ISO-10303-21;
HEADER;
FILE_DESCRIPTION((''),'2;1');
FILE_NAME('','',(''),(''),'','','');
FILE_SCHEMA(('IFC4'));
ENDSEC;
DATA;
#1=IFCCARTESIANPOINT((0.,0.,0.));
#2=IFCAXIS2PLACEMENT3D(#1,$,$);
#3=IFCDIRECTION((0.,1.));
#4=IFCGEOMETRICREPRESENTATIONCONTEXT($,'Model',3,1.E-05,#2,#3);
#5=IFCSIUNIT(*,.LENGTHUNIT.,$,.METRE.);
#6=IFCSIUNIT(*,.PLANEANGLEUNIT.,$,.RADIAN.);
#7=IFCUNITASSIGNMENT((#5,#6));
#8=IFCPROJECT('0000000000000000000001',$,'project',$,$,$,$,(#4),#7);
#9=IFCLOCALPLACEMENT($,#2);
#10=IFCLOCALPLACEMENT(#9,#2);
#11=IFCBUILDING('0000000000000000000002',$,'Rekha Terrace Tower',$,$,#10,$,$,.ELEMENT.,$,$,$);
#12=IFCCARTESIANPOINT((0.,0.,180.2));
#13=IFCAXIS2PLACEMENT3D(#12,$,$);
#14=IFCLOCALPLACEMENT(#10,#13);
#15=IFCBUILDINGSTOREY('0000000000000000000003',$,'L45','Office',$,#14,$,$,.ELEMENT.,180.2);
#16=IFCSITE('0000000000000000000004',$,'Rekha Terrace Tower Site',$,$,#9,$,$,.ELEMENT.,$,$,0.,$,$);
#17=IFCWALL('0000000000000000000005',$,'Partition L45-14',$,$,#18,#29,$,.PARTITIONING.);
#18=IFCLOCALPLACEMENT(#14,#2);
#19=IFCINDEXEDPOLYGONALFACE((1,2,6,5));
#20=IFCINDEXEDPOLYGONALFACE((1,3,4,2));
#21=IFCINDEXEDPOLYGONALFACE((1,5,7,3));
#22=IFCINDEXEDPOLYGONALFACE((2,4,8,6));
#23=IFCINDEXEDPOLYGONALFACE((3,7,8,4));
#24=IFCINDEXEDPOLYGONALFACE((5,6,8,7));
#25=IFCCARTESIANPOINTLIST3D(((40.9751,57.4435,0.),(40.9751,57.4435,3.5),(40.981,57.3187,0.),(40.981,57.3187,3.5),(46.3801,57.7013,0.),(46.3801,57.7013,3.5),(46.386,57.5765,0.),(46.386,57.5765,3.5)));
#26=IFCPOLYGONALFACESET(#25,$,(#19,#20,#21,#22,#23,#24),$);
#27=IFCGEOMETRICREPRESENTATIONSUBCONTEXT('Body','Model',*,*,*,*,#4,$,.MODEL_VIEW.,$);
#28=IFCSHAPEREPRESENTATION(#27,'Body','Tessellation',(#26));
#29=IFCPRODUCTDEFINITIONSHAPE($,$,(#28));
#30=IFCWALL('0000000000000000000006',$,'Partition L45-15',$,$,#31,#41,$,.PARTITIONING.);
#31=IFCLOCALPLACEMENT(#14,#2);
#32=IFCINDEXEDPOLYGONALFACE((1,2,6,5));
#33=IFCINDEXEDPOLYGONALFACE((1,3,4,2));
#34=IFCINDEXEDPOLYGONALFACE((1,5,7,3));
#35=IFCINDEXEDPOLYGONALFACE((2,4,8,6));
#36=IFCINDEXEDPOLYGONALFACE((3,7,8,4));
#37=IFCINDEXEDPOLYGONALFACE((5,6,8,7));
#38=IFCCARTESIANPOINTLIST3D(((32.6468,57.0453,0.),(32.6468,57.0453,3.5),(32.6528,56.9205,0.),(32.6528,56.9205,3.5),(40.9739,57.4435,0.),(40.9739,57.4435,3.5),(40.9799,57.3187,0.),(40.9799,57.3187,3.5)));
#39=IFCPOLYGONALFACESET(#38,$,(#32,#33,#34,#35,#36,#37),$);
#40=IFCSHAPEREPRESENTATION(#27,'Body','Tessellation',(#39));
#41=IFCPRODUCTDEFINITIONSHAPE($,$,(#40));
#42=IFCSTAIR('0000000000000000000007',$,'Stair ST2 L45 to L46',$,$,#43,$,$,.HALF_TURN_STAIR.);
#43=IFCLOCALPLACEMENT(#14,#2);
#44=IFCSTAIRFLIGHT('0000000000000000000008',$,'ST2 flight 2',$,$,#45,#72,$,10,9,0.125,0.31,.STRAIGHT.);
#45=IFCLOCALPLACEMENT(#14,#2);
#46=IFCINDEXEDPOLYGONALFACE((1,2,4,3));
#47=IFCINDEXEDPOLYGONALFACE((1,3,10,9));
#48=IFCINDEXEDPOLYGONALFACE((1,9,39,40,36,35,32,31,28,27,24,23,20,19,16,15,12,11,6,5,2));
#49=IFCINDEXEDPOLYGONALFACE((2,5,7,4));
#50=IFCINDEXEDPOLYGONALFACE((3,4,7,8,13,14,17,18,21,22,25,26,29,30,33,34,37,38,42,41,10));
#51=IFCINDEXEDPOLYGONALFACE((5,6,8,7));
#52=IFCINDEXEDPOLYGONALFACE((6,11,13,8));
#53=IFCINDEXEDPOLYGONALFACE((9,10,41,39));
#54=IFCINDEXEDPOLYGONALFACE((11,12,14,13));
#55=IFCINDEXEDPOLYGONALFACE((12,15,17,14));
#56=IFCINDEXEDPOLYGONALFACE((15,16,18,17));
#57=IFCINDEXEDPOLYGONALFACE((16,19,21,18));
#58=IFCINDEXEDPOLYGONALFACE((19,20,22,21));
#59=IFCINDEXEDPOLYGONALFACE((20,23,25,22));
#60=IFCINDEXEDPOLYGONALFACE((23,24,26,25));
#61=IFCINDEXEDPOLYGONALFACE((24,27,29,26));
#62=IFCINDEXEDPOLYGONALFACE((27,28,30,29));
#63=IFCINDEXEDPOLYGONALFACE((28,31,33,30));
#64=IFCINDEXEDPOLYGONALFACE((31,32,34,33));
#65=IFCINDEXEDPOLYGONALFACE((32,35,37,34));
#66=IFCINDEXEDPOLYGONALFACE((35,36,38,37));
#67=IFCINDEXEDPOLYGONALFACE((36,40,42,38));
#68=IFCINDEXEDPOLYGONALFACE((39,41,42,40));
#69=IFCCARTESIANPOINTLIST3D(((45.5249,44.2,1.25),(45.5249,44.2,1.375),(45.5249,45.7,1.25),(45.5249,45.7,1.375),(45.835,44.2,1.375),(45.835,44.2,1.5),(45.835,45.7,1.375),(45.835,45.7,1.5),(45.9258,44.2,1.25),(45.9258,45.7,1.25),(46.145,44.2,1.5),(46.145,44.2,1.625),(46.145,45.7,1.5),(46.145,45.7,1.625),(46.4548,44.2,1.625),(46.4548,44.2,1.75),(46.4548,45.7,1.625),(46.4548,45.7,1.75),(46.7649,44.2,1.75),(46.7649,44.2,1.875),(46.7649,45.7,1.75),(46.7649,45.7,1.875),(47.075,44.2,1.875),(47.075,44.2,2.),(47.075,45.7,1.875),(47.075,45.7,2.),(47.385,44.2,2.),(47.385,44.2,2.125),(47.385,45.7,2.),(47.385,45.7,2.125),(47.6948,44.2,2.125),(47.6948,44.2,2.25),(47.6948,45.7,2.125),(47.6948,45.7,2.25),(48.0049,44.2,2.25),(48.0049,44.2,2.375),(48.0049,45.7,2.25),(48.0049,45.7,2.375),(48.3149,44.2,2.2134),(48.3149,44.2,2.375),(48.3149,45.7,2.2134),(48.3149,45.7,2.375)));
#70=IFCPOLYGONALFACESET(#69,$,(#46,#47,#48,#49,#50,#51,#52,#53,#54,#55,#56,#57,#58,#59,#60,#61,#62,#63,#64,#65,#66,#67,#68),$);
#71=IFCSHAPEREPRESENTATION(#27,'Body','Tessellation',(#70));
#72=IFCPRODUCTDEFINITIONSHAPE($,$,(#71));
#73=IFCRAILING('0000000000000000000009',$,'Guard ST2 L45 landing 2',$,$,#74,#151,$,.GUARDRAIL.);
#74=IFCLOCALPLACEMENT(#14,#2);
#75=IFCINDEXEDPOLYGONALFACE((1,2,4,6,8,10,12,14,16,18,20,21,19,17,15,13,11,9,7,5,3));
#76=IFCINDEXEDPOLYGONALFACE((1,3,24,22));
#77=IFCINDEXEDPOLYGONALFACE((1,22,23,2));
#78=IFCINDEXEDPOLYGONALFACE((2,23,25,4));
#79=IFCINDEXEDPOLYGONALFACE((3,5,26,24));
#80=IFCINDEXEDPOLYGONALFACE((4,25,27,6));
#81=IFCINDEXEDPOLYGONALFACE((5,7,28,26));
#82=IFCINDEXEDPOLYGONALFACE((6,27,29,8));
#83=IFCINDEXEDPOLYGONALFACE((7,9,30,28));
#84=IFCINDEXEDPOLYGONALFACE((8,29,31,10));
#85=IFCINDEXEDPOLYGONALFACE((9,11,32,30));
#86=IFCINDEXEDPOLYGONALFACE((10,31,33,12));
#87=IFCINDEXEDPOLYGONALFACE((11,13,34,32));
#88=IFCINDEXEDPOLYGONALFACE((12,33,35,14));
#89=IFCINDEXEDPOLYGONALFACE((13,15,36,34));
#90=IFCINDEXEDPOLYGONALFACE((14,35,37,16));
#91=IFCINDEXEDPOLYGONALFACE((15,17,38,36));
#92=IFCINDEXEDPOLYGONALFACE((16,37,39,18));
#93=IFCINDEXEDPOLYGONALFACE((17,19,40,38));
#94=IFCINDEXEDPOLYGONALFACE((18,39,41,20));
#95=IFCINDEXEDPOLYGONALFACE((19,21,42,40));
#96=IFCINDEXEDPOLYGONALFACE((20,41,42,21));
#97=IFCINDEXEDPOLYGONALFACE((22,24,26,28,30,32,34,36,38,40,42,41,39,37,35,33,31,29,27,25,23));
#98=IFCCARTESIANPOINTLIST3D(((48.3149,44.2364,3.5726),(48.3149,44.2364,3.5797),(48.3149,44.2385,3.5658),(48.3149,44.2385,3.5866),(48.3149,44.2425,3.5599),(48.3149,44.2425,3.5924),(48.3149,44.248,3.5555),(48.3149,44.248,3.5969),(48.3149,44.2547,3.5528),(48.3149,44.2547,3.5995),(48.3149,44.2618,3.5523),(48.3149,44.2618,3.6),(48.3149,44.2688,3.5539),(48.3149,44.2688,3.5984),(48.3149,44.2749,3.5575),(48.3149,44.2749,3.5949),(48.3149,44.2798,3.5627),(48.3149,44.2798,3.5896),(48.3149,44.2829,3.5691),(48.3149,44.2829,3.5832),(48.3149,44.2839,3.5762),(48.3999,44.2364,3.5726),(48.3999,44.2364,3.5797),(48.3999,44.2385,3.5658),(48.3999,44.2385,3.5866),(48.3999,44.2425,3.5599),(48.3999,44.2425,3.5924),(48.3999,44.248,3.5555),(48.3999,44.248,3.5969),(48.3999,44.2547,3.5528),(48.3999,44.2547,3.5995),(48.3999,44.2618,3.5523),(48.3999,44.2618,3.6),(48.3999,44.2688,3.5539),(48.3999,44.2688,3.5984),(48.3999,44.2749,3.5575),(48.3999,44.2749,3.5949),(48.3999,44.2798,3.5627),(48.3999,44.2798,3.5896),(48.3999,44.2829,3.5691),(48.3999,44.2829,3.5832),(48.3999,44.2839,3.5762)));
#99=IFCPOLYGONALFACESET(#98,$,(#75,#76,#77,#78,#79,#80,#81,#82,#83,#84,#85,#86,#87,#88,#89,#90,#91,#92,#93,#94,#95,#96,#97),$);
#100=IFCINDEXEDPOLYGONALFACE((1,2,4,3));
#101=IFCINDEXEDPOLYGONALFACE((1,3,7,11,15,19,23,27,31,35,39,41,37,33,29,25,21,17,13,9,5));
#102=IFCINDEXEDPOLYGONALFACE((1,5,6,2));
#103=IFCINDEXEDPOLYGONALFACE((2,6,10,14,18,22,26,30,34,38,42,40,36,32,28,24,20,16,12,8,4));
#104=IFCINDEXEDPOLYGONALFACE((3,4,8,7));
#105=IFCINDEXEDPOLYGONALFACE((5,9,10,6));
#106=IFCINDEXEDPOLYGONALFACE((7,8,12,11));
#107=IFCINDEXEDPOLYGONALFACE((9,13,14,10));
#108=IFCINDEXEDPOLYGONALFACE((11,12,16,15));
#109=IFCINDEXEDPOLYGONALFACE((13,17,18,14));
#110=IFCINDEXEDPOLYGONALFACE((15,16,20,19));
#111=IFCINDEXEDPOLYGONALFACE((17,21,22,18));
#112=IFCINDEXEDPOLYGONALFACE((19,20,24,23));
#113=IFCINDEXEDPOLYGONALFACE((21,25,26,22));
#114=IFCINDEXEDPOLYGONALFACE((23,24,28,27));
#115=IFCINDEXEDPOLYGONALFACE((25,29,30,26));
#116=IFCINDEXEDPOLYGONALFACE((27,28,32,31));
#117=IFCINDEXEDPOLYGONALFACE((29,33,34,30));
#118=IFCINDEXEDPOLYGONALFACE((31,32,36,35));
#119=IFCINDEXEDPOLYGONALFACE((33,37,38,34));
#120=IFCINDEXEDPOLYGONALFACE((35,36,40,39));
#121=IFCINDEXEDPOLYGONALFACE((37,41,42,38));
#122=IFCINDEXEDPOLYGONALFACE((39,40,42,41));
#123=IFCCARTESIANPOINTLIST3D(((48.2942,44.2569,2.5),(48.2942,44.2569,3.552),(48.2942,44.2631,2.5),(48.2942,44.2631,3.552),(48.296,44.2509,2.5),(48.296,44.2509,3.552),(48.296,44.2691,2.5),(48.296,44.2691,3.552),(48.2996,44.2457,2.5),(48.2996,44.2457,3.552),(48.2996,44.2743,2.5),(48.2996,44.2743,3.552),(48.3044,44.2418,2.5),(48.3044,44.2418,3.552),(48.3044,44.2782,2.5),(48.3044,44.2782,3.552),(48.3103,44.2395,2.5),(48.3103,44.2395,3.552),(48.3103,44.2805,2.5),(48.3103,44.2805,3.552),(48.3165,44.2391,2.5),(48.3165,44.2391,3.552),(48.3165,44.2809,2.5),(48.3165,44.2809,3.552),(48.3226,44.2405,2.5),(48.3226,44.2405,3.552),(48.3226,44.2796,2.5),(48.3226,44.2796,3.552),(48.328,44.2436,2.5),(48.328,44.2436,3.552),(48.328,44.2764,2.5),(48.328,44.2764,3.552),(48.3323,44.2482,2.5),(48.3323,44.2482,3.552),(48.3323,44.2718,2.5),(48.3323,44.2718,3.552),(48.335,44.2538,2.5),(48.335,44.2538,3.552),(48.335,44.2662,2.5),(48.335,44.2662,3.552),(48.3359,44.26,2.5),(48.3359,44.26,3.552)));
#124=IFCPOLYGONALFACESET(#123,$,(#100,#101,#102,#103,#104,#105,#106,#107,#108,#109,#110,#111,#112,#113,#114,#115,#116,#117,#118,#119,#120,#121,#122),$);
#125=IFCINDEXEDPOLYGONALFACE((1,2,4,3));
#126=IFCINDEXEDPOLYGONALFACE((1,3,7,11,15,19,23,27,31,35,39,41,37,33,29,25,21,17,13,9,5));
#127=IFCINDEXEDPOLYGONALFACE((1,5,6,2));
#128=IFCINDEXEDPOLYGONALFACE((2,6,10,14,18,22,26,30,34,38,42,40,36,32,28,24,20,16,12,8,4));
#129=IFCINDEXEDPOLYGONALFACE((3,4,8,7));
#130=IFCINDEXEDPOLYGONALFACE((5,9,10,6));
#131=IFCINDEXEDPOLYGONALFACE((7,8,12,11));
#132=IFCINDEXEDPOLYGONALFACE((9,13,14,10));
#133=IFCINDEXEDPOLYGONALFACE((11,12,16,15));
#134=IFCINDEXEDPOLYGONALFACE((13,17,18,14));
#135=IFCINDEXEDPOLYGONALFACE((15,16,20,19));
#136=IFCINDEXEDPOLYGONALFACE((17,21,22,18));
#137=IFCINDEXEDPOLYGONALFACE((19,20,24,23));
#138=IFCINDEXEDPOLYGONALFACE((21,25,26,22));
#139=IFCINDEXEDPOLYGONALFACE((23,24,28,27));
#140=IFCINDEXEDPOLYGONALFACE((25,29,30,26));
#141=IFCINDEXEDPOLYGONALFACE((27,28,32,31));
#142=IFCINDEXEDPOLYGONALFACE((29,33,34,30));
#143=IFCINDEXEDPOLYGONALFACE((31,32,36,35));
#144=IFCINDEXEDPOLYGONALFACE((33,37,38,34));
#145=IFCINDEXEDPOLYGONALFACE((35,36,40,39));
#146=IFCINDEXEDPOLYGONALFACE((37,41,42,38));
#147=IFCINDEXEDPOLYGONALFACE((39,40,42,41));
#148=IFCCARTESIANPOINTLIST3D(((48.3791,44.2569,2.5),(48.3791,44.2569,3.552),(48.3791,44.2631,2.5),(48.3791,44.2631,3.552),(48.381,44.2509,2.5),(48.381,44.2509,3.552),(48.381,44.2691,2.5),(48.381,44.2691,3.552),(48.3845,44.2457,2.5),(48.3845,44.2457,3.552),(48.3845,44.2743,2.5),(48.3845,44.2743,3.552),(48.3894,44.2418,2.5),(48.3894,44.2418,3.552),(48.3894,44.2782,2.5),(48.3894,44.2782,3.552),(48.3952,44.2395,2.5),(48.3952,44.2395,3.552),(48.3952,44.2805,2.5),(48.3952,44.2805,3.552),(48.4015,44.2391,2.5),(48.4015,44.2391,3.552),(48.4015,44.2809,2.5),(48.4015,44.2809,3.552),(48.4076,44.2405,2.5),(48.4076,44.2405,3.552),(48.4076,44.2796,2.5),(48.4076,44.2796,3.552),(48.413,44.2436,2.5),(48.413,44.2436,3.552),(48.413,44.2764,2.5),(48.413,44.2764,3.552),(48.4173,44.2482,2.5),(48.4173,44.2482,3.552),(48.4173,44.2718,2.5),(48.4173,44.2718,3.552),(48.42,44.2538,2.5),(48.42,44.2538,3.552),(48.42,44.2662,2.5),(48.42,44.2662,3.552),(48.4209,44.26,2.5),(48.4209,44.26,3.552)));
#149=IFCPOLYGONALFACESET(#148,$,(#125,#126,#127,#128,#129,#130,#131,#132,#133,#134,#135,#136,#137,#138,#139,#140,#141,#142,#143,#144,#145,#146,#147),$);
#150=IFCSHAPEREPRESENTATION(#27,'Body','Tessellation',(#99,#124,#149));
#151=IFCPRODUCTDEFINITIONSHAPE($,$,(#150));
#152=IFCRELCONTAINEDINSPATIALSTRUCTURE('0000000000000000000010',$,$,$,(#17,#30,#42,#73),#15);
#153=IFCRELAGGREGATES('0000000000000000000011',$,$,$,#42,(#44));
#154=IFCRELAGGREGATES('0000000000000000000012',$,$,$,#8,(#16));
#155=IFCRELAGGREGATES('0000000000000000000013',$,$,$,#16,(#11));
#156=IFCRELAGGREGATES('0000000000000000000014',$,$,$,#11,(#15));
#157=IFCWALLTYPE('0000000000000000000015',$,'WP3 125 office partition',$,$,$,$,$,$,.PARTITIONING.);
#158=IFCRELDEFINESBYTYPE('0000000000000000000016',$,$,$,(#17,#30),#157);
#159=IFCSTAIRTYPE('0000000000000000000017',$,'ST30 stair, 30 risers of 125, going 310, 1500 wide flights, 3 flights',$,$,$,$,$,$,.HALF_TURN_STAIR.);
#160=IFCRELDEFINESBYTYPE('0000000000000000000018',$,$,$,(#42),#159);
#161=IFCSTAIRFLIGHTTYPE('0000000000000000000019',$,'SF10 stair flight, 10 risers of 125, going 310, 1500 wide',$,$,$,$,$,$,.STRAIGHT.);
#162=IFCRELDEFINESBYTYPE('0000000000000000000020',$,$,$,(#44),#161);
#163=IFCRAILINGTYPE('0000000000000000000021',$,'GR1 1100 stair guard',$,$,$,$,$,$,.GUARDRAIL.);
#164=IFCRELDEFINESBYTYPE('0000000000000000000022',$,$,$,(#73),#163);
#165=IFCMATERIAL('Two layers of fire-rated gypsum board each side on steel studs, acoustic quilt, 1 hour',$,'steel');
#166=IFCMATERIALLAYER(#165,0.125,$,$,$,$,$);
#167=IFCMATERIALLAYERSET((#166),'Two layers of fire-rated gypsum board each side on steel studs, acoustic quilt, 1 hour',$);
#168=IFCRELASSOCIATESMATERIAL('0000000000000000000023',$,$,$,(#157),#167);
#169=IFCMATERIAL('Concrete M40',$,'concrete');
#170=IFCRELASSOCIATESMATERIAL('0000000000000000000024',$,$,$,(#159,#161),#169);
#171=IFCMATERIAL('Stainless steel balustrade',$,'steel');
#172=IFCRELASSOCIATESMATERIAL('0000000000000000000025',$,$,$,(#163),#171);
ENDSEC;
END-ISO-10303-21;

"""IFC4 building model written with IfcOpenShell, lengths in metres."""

from ifc_helpers import new_model, si_unit, direction, frame, frame_2d, origin, origin_2d, place, context, subcontext, project, spatial, polyline, rectangle, circle, outline, extrude, material, layer, layer_set, type_object, element, aggregate, save


model = new_model("IFC4")

# Units and contexts
model_context = context("Model", 3, precision=1e-05, world=origin(), true_north=direction((0.0, 1.0)))
body_context = subcontext(model_context, "Body", "Model", "MODEL_VIEW")
ifc_project = project(units=[si_unit("LENGTHUNIT", "METRE"), si_unit("PLANEANGLEUNIT", "RADIAN")], contexts=[model_context])

# Site, building, storey
site_placement = place(None, origin())
site = spatial("IfcSite", under=ifc_project, at=site_placement, Name="Rekha Terrace Tower Site", CompositionType="ELEMENT", RefElevation=0.0)
building_placement = place(site_placement, origin())
building = spatial("IfcBuilding", under=site, at=building_placement, Name="Rekha Terrace Tower", CompositionType="ELEMENT")
storey_placement = place(building_placement, frame((0.0, 0.0, 180.2)))
storey = spatial("IfcBuildingStorey", under=building, at=storey_placement, Name="L45", Description="Office", CompositionType="ELEMENT", Elevation=180.2)

# Shared definitions
ifc_material_1 = material(Name="Two layers of fire-rated gypsum board each side on steel studs, acoustic quilt, 1 hour", Category="steel")
ifc_layer_1 = layer(ifc_material_1, 0.125)
ifc_layer_set_1 = layer_set([ifc_layer_1], Name="Two layers of fire-rated gypsum board each side on steel studs, acoustic quilt, 1 hour")
wall_type_1 = type_object("IfcWallType", Name="WP3 125 office partition", PredefinedType="PARTITIONING", material=ifc_layer_set_1)

# Walls
wall_1_placement = place(storey_placement, frame((46.3831, 57.6389, 0.0), z_axis=(0.0, 0.0, 1.0), x_axis=(-0.998864, -0.047644, 0.0)))
element("IfcWall", 1, at=wall_1_placement, inside=storey, type_object=wall_type_1, Name="Partition L45-14", PredefinedType="PARTITIONING", context=body_context, shape_type="SweptSolid", body=[
    extrude(rectangle(XDim=5.4111, YDim=0.125, at=frame_2d((2.7056, 0.0))), origin(), (0.0, 0.0, 1.0), 3.5),
])
wall_2_placement = place(storey_placement, frame((40.9771, 57.3811, 0.0), z_axis=(0.0, 0.0, 1.0), x_axis=(-0.998859, -0.047764, 0.0)))
element("IfcWall", 2, at=wall_2_placement, inside=storey, type_object=wall_type_1, Name="Partition L45-15", PredefinedType="PARTITIONING", context=body_context, shape_type="SweptSolid", body=[
    extrude(rectangle(XDim=8.3367, YDim=0.125, at=frame_2d((4.1685, 0.0))), origin(), (0.0, 0.0, 1.0), 3.5),
])

# Stair, stair flight
ifc_material_2 = material(Name="Concrete M40", Category="concrete")
stair_type = type_object("IfcStairType", Name="ST30 stair, 30 risers of 125, going 310, 1500 wide flights, 3 flights", PredefinedType="HALF_TURN_STAIR", material=ifc_material_2)
stair_placement = place(storey_placement, origin())
stair = element("IfcStair", 3, at=stair_placement, inside=storey, type_object=stair_type, Name="Stair ST2 L45 to L46", PredefinedType="HALF_TURN_STAIR")
stair_flight_type = type_object("IfcStairFlightType", Name="SF10 stair flight, 10 risers of 125, going 310, 1500 wide", PredefinedType="STRAIGHT", material=ifc_material_2)
stair_flight_placement = place(storey_placement, frame((45.5249, 44.95, 1.25), z_axis=(0.0, 0.0, 1.0), x_axis=(1.0, 0.0, 0.0)))
stair_flight = element("IfcStairFlight", 4, at=stair_flight_placement, type_object=stair_flight_type, Name="ST2 flight 2", NumberOfRisers=10, NumberOfTreads=9, PredefinedType="STRAIGHT", RiserHeight=0.125, TreadLength=0.31, context=body_context, shape_type="SweptSolid", body=[
    extrude(outline(polyline([(0.0, 0.0), (0.0, 0.125), (0.3101, 0.125), (0.3101, 0.25), (0.6201, 0.25), (0.6201, 0.375), (0.9299, 0.375), (0.9299, 0.5), (1.24, 0.5), (1.24, 0.625), (1.55, 0.625), (1.55, 0.75), (1.8601, 0.75), (1.8601, 0.875), (2.1699, 0.875), (2.1699, 1.0), (2.48, 1.0), (2.48, 1.125), (2.79, 1.125), (2.79, 1.25), (2.79, 0.9634), (0.4009, 0.0), (0.0, 0.0)])), frame((0.0, 0.75, 0.0), z_axis=(0.0, -1.0, 0.0), x_axis=(1.0, 0.0, 0.0)), (0.0, 0.0, 1.0), 1.5),
])
aggregate(stair, [stair_flight])

# Railing
ifc_material_3 = material(Name="Stainless steel balustrade", Category="steel")
railing_type_1 = type_object("IfcRailingType", Name="GR1 1100 stair guard", PredefinedType="GUARDRAIL", material=ifc_material_3)
railing_1_placement = place(storey_placement, frame((48.3149, 44.26, 2.5)))
element("IfcRailing", 5, at=railing_1_placement, inside=storey, type_object=railing_type_1, Name="Guard ST2 L45 landing 2", PredefinedType="GUARDRAIL", context=body_context, shape_type="SweptSolid", body=[
    extrude(circle(Radius=0.0239, at=origin_2d()), frame((0.0, 0.0, 1.0762), z_axis=(1.0, 0.0, 0.0), x_axis=(0.0, 1.0, 0.0)), (0.0, 0.0, 1.0), 0.085),
    extrude(circle(Radius=0.021, at=origin_2d()), origin(), (0.0, 0.0, 1.0), 1.052),
    extrude(circle(Radius=0.021, at=origin_2d()), frame((0.085, 0.0, 0.0)), (0.0, 0.0, 1.0), 1.052),
])

save(model, "model.ifc")
